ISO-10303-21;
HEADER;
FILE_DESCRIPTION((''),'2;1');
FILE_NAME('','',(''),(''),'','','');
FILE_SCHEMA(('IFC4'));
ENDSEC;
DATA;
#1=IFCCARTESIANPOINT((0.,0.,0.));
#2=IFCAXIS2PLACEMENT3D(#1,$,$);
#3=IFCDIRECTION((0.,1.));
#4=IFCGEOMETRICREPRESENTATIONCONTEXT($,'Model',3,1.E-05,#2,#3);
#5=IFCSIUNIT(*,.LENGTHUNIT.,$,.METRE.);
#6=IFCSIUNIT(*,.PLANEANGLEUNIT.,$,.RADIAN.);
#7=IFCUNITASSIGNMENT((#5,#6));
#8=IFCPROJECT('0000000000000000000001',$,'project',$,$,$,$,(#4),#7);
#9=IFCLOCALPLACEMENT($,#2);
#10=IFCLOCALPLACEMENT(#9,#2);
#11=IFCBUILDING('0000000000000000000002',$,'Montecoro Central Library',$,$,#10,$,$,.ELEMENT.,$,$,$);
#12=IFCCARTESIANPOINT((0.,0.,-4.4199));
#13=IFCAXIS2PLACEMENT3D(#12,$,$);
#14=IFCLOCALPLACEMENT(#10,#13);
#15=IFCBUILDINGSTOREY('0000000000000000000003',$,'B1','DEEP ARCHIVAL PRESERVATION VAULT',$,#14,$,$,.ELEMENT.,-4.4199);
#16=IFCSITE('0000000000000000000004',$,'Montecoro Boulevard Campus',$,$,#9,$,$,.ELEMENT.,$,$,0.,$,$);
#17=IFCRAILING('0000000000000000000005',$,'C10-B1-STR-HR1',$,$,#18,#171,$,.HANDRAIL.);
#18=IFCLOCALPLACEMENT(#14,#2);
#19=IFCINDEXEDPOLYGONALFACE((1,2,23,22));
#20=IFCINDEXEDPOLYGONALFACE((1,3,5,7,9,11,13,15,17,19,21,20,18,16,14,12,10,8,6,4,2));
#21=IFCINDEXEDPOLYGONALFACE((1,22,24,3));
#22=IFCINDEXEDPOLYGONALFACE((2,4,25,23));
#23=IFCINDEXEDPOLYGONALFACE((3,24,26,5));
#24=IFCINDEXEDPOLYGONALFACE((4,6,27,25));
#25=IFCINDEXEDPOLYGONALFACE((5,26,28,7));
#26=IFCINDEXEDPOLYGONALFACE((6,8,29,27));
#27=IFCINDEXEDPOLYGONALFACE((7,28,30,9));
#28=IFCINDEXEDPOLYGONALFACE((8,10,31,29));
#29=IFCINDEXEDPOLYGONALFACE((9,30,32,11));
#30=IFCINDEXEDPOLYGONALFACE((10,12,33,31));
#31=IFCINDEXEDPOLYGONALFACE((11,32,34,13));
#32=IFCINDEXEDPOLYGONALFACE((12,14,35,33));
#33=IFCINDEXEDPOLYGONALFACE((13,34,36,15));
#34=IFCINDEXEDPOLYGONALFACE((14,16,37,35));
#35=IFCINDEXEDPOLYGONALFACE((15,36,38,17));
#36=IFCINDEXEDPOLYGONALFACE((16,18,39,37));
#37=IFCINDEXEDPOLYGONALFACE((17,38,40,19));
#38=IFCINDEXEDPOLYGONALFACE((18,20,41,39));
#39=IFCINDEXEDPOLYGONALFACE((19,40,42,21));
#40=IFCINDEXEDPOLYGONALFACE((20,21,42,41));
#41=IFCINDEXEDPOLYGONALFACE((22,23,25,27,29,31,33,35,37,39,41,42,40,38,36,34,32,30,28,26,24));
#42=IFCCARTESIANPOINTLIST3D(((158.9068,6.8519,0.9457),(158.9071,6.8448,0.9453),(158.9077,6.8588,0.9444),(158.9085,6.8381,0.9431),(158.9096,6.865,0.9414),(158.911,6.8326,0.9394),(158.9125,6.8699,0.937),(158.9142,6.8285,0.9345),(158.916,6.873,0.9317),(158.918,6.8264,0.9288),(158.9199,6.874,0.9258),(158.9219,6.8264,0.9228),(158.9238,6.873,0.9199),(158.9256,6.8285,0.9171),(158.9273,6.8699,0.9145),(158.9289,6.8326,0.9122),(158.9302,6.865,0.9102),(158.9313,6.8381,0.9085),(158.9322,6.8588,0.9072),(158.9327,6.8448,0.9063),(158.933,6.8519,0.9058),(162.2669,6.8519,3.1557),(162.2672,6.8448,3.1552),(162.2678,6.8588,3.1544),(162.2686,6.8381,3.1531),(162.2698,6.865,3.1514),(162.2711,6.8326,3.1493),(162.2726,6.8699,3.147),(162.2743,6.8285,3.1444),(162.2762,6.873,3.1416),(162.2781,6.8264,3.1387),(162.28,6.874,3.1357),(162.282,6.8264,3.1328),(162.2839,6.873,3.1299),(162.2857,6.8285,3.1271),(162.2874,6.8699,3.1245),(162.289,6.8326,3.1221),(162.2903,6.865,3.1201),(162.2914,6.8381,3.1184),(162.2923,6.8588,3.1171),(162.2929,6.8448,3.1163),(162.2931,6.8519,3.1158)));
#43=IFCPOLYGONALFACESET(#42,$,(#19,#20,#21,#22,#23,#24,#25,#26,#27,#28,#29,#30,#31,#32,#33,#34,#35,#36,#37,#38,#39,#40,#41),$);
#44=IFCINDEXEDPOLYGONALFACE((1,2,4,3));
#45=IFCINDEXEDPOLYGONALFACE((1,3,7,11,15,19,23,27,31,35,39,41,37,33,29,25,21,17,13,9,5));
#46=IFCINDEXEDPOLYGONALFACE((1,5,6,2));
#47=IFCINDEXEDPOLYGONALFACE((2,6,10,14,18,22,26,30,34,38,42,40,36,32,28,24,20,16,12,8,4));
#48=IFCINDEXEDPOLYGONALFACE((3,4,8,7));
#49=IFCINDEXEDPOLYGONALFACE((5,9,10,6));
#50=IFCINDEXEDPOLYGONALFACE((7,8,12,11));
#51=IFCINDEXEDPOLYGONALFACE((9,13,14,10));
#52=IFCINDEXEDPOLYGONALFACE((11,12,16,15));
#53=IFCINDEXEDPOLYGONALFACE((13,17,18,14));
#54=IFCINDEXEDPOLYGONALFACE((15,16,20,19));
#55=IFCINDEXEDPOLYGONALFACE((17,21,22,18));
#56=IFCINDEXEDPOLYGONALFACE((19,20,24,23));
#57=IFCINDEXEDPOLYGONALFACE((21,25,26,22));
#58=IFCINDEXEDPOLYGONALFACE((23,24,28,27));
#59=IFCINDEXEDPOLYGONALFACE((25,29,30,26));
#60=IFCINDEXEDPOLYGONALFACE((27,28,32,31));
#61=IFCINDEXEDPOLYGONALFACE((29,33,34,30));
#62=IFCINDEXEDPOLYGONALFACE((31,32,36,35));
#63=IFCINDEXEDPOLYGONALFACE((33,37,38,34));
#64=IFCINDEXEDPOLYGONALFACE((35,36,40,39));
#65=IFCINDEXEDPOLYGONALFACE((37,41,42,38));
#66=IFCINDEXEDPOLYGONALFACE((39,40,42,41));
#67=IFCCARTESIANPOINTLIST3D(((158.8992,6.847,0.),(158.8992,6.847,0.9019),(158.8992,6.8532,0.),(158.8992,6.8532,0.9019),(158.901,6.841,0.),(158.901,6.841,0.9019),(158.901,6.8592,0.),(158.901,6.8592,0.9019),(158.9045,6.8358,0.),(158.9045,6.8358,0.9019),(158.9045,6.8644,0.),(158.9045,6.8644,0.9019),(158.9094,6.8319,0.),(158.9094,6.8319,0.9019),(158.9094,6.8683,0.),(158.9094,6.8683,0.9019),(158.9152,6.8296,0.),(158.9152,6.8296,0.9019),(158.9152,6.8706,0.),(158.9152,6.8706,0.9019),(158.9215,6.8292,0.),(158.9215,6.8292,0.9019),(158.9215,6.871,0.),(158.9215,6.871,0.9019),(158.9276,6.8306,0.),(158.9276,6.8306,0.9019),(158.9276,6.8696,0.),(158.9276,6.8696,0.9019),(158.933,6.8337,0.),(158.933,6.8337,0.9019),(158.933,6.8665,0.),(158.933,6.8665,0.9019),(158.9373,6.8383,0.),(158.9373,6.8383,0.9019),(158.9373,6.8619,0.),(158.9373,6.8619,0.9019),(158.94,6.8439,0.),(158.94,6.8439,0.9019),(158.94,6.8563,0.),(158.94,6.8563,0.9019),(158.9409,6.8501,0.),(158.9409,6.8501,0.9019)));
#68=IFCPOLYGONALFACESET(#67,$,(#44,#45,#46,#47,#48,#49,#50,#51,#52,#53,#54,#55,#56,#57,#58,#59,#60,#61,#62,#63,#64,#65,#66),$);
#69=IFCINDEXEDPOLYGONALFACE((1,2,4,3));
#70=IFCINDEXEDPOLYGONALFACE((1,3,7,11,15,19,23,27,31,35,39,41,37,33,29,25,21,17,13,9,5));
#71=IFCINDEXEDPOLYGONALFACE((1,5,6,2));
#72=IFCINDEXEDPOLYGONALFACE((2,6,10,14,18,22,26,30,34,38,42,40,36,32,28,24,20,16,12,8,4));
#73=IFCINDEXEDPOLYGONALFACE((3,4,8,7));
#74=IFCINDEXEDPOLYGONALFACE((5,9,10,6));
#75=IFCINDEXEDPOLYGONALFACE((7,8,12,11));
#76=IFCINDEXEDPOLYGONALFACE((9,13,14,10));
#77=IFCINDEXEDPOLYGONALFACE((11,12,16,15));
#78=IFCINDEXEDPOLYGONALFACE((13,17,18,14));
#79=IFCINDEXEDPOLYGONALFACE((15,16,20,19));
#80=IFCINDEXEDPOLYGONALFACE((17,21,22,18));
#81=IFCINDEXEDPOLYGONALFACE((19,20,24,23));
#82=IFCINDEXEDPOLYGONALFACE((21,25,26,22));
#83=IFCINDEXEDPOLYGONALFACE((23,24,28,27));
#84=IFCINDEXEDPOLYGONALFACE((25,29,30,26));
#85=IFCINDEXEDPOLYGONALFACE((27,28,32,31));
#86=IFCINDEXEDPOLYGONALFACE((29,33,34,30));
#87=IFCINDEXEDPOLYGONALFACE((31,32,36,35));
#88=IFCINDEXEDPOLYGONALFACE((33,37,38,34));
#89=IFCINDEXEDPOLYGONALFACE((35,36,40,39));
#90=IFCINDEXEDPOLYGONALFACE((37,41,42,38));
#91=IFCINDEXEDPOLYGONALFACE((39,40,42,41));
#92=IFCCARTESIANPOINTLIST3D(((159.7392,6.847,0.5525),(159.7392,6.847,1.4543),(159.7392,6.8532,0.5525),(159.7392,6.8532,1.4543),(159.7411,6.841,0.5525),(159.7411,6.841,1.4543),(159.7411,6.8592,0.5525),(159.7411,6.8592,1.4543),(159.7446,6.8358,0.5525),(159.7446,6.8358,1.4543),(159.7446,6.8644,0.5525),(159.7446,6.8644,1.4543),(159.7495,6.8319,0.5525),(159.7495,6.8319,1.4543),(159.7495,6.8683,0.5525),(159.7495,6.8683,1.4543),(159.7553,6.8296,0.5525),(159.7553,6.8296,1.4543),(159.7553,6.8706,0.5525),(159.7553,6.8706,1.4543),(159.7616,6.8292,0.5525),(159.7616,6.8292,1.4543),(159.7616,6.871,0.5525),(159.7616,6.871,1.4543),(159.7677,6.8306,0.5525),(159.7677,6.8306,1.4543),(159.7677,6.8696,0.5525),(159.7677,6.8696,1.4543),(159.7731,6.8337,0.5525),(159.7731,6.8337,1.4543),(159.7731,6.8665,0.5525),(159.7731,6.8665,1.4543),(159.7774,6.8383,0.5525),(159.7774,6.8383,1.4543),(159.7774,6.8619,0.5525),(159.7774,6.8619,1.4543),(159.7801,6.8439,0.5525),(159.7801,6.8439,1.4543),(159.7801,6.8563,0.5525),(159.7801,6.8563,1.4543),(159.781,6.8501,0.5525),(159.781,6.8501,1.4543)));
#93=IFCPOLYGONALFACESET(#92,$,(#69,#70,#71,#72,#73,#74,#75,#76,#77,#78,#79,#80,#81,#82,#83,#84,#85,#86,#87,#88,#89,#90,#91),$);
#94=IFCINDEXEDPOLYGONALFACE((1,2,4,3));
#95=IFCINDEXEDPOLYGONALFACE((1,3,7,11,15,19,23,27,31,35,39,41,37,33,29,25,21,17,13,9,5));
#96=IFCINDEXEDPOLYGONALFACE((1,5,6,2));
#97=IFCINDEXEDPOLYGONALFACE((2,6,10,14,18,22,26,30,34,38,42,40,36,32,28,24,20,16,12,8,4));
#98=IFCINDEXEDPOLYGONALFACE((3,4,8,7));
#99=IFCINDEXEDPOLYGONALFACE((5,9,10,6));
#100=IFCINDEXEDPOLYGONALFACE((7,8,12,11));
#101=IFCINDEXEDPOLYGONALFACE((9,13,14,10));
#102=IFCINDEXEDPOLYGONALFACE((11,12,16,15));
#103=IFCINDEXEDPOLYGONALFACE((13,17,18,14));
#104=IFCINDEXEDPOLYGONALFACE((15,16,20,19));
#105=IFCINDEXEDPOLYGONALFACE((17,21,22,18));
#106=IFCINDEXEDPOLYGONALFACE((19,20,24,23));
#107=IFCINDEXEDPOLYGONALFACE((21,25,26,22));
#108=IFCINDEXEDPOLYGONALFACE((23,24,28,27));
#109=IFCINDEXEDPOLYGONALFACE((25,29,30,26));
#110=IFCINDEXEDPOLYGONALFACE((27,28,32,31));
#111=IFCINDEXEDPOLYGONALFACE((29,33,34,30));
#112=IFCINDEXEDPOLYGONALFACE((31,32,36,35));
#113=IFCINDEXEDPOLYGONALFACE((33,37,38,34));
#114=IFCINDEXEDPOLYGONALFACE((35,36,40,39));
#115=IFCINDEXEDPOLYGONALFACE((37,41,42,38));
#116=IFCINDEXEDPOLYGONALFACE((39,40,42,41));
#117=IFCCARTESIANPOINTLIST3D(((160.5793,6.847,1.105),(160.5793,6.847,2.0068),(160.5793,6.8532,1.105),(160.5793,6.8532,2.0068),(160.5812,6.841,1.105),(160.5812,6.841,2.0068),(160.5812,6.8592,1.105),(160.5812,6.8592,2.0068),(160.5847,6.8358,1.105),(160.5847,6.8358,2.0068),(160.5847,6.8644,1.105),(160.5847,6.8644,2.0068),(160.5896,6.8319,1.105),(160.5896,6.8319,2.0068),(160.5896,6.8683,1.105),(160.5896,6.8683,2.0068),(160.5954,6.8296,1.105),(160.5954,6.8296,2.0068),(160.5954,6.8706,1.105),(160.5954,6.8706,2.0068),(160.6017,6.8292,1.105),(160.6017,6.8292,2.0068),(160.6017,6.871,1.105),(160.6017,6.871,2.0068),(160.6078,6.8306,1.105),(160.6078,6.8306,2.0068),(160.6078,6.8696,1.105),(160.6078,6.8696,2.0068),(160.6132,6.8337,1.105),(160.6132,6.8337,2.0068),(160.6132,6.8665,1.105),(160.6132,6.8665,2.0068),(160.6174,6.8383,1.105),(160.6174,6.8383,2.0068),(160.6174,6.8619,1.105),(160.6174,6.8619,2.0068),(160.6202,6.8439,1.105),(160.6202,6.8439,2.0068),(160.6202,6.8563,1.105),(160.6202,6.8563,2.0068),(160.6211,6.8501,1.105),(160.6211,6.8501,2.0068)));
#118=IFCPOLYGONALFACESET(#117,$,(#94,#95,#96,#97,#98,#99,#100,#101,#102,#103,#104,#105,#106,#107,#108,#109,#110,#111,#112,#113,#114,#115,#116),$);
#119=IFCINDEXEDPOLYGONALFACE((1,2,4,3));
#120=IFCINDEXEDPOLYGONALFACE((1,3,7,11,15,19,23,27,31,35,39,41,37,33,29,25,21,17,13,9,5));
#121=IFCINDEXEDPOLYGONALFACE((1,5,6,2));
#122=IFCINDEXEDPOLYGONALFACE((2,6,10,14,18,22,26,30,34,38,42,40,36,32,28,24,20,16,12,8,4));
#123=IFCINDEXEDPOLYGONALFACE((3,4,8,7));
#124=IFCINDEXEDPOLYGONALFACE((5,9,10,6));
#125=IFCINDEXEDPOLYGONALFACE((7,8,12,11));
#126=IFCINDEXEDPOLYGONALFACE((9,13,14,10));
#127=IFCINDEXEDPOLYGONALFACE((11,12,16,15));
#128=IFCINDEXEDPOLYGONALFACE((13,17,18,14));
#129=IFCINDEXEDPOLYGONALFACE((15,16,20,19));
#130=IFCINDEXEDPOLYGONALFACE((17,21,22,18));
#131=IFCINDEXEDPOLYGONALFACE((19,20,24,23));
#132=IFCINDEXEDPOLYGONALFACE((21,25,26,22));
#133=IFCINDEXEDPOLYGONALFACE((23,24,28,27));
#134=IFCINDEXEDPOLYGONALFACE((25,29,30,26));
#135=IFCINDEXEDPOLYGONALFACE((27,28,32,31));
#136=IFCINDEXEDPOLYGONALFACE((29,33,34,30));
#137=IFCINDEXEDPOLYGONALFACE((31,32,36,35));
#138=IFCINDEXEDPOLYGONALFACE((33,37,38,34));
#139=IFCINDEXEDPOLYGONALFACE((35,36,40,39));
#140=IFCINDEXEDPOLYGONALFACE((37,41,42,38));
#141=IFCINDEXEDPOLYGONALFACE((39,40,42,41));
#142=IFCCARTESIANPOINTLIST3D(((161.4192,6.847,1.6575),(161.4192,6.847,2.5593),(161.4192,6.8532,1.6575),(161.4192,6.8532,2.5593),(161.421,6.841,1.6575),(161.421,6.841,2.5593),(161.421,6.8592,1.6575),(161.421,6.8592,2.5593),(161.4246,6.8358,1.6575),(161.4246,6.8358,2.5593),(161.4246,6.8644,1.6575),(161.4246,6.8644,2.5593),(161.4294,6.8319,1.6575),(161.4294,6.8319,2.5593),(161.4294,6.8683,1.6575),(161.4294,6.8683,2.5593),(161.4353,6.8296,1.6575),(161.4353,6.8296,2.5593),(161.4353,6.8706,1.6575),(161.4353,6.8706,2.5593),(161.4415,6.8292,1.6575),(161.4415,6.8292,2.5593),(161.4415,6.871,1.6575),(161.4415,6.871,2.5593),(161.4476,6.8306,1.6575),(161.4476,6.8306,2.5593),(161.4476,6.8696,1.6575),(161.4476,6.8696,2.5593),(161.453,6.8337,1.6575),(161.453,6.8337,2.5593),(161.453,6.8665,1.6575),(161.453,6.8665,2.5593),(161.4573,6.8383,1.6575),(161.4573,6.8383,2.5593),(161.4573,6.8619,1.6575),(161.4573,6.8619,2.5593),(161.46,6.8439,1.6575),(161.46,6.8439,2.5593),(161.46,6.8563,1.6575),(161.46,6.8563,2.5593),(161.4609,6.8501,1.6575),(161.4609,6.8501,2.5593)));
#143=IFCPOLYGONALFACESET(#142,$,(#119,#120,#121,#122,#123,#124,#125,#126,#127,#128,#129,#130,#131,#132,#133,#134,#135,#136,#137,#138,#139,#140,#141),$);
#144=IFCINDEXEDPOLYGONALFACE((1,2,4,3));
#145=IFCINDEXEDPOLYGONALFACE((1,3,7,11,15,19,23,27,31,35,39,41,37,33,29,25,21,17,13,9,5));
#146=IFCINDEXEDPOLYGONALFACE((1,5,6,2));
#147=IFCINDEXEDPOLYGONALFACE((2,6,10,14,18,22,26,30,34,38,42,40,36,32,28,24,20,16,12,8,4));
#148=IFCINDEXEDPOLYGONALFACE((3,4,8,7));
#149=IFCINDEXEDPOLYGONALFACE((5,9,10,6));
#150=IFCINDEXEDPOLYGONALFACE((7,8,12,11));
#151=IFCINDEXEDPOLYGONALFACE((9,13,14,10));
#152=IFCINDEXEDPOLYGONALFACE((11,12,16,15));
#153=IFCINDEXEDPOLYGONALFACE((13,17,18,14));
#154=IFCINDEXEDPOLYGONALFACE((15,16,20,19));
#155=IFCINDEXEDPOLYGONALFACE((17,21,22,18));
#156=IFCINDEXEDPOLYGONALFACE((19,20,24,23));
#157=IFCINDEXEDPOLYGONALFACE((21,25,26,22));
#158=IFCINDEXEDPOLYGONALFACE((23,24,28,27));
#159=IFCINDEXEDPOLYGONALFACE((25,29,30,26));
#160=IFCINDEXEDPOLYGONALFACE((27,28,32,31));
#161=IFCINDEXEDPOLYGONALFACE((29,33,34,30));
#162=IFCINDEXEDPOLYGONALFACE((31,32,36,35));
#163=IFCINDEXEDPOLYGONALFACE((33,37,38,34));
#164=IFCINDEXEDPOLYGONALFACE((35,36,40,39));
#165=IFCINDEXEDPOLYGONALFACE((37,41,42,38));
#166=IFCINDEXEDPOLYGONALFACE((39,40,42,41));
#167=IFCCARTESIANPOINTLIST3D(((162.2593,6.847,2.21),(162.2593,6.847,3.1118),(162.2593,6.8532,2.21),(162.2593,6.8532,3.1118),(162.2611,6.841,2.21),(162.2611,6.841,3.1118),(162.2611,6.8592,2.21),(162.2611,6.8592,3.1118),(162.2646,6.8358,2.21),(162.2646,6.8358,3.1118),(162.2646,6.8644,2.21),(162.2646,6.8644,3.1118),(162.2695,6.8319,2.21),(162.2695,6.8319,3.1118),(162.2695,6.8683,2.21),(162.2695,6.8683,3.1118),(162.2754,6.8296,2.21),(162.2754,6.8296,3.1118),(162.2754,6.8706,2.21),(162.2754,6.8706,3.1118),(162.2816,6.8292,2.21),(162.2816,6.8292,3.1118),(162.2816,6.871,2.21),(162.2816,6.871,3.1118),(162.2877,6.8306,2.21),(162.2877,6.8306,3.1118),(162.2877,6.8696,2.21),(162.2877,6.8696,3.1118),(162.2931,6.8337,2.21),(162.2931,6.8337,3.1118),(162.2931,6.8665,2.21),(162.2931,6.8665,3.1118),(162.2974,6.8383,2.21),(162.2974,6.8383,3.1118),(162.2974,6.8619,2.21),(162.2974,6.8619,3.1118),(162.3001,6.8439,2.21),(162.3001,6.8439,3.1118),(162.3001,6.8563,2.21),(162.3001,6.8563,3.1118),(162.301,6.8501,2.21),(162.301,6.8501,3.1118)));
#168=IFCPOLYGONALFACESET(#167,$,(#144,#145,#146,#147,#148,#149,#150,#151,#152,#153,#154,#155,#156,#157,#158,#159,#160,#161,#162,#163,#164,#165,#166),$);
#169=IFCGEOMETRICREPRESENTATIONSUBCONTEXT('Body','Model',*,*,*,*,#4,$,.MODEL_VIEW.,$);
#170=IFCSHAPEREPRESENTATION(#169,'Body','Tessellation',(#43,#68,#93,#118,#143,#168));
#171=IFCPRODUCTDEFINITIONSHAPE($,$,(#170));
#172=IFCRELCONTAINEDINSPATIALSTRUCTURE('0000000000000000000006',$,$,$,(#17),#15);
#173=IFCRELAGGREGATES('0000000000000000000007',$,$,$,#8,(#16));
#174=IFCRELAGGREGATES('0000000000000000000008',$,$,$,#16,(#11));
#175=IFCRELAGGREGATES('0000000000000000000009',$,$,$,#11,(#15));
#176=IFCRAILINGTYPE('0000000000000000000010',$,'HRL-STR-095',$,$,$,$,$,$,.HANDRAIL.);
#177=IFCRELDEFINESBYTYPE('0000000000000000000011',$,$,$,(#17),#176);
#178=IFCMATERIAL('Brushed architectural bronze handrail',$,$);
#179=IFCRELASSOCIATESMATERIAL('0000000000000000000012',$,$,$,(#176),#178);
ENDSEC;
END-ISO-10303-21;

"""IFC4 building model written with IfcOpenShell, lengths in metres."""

from ifc_helpers import new_model, si_unit, direction, frame, origin, origin_2d, place, context, subcontext, project, spatial, circle, extrude, material, type_object, element, save


model = new_model("IFC4")

# Units and contexts
model_context = context("Model", 3, precision=1e-05, world=origin(), true_north=direction((0.0, 1.0)))
body_context = subcontext(model_context, "Body", "Model", "MODEL_VIEW")
ifc_project = project(units=[si_unit("LENGTHUNIT", "METRE"), si_unit("PLANEANGLEUNIT", "RADIAN")], contexts=[model_context])

# Site, building, storey
site_placement = place(None, origin())
site = spatial("IfcSite", under=ifc_project, at=site_placement, Name="Montecoro Boulevard Campus", CompositionType="ELEMENT", RefElevation=0.0)
building_placement = place(site_placement, origin())
building = spatial("IfcBuilding", under=site, at=building_placement, Name="Montecoro Central Library", CompositionType="ELEMENT")
storey_placement = place(building_placement, frame((0.0, 0.0, -4.4199)))
storey = spatial("IfcBuildingStorey", under=building, at=storey_placement, Name="B1", Description="DEEP ARCHIVAL PRESERVATION VAULT", CompositionType="ELEMENT", Elevation=-4.4199)

# Railing
ifc_material_1 = material(Name="Brushed architectural bronze handrail")
railing_type_1 = type_object("IfcRailingType", Name="HRL-STR-095", PredefinedType="HANDRAIL", material=ifc_material_1)
railing_1_placement = place(storey_placement, frame((158.9199, 6.8501, 0.0)))
element("IfcRailing", 1, at=railing_1_placement, inside=storey, type_object=railing_type_1, Name="C10-B1-STR-HR1", PredefinedType="HANDRAIL", context=body_context, shape_type="SweptSolid", body=[
    extrude(circle(Radius=0.0239, at=origin_2d()), frame((0.0, 0.0, 0.9258), z_axis=(0.83549, 0.0, 0.549506), x_axis=(0.0, 1.0, 0.0)), (0.0, 0.0, 1.0), 4.0217),
    extrude(circle(Radius=0.021, at=origin_2d()), origin(), (0.0, 0.0, 1.0), 0.9019),
    extrude(circle(Radius=0.021, at=origin_2d()), frame((0.8401, 0.0, 0.5525)), (0.0, 0.0, 1.0), 0.9019),
    extrude(circle(Radius=0.021, at=origin_2d()), frame((1.6802, 0.0, 1.105)), (0.0, 0.0, 1.0), 0.9019),
    extrude(circle(Radius=0.021, at=origin_2d()), frame((2.52, 0.0, 1.6575)), (0.0, 0.0, 1.0), 0.9019),
    extrude(circle(Radius=0.021, at=origin_2d()), frame((3.3601, 0.0, 2.21)), (0.0, 0.0, 1.0), 0.9019),
])

save(model, "model.ifc")
